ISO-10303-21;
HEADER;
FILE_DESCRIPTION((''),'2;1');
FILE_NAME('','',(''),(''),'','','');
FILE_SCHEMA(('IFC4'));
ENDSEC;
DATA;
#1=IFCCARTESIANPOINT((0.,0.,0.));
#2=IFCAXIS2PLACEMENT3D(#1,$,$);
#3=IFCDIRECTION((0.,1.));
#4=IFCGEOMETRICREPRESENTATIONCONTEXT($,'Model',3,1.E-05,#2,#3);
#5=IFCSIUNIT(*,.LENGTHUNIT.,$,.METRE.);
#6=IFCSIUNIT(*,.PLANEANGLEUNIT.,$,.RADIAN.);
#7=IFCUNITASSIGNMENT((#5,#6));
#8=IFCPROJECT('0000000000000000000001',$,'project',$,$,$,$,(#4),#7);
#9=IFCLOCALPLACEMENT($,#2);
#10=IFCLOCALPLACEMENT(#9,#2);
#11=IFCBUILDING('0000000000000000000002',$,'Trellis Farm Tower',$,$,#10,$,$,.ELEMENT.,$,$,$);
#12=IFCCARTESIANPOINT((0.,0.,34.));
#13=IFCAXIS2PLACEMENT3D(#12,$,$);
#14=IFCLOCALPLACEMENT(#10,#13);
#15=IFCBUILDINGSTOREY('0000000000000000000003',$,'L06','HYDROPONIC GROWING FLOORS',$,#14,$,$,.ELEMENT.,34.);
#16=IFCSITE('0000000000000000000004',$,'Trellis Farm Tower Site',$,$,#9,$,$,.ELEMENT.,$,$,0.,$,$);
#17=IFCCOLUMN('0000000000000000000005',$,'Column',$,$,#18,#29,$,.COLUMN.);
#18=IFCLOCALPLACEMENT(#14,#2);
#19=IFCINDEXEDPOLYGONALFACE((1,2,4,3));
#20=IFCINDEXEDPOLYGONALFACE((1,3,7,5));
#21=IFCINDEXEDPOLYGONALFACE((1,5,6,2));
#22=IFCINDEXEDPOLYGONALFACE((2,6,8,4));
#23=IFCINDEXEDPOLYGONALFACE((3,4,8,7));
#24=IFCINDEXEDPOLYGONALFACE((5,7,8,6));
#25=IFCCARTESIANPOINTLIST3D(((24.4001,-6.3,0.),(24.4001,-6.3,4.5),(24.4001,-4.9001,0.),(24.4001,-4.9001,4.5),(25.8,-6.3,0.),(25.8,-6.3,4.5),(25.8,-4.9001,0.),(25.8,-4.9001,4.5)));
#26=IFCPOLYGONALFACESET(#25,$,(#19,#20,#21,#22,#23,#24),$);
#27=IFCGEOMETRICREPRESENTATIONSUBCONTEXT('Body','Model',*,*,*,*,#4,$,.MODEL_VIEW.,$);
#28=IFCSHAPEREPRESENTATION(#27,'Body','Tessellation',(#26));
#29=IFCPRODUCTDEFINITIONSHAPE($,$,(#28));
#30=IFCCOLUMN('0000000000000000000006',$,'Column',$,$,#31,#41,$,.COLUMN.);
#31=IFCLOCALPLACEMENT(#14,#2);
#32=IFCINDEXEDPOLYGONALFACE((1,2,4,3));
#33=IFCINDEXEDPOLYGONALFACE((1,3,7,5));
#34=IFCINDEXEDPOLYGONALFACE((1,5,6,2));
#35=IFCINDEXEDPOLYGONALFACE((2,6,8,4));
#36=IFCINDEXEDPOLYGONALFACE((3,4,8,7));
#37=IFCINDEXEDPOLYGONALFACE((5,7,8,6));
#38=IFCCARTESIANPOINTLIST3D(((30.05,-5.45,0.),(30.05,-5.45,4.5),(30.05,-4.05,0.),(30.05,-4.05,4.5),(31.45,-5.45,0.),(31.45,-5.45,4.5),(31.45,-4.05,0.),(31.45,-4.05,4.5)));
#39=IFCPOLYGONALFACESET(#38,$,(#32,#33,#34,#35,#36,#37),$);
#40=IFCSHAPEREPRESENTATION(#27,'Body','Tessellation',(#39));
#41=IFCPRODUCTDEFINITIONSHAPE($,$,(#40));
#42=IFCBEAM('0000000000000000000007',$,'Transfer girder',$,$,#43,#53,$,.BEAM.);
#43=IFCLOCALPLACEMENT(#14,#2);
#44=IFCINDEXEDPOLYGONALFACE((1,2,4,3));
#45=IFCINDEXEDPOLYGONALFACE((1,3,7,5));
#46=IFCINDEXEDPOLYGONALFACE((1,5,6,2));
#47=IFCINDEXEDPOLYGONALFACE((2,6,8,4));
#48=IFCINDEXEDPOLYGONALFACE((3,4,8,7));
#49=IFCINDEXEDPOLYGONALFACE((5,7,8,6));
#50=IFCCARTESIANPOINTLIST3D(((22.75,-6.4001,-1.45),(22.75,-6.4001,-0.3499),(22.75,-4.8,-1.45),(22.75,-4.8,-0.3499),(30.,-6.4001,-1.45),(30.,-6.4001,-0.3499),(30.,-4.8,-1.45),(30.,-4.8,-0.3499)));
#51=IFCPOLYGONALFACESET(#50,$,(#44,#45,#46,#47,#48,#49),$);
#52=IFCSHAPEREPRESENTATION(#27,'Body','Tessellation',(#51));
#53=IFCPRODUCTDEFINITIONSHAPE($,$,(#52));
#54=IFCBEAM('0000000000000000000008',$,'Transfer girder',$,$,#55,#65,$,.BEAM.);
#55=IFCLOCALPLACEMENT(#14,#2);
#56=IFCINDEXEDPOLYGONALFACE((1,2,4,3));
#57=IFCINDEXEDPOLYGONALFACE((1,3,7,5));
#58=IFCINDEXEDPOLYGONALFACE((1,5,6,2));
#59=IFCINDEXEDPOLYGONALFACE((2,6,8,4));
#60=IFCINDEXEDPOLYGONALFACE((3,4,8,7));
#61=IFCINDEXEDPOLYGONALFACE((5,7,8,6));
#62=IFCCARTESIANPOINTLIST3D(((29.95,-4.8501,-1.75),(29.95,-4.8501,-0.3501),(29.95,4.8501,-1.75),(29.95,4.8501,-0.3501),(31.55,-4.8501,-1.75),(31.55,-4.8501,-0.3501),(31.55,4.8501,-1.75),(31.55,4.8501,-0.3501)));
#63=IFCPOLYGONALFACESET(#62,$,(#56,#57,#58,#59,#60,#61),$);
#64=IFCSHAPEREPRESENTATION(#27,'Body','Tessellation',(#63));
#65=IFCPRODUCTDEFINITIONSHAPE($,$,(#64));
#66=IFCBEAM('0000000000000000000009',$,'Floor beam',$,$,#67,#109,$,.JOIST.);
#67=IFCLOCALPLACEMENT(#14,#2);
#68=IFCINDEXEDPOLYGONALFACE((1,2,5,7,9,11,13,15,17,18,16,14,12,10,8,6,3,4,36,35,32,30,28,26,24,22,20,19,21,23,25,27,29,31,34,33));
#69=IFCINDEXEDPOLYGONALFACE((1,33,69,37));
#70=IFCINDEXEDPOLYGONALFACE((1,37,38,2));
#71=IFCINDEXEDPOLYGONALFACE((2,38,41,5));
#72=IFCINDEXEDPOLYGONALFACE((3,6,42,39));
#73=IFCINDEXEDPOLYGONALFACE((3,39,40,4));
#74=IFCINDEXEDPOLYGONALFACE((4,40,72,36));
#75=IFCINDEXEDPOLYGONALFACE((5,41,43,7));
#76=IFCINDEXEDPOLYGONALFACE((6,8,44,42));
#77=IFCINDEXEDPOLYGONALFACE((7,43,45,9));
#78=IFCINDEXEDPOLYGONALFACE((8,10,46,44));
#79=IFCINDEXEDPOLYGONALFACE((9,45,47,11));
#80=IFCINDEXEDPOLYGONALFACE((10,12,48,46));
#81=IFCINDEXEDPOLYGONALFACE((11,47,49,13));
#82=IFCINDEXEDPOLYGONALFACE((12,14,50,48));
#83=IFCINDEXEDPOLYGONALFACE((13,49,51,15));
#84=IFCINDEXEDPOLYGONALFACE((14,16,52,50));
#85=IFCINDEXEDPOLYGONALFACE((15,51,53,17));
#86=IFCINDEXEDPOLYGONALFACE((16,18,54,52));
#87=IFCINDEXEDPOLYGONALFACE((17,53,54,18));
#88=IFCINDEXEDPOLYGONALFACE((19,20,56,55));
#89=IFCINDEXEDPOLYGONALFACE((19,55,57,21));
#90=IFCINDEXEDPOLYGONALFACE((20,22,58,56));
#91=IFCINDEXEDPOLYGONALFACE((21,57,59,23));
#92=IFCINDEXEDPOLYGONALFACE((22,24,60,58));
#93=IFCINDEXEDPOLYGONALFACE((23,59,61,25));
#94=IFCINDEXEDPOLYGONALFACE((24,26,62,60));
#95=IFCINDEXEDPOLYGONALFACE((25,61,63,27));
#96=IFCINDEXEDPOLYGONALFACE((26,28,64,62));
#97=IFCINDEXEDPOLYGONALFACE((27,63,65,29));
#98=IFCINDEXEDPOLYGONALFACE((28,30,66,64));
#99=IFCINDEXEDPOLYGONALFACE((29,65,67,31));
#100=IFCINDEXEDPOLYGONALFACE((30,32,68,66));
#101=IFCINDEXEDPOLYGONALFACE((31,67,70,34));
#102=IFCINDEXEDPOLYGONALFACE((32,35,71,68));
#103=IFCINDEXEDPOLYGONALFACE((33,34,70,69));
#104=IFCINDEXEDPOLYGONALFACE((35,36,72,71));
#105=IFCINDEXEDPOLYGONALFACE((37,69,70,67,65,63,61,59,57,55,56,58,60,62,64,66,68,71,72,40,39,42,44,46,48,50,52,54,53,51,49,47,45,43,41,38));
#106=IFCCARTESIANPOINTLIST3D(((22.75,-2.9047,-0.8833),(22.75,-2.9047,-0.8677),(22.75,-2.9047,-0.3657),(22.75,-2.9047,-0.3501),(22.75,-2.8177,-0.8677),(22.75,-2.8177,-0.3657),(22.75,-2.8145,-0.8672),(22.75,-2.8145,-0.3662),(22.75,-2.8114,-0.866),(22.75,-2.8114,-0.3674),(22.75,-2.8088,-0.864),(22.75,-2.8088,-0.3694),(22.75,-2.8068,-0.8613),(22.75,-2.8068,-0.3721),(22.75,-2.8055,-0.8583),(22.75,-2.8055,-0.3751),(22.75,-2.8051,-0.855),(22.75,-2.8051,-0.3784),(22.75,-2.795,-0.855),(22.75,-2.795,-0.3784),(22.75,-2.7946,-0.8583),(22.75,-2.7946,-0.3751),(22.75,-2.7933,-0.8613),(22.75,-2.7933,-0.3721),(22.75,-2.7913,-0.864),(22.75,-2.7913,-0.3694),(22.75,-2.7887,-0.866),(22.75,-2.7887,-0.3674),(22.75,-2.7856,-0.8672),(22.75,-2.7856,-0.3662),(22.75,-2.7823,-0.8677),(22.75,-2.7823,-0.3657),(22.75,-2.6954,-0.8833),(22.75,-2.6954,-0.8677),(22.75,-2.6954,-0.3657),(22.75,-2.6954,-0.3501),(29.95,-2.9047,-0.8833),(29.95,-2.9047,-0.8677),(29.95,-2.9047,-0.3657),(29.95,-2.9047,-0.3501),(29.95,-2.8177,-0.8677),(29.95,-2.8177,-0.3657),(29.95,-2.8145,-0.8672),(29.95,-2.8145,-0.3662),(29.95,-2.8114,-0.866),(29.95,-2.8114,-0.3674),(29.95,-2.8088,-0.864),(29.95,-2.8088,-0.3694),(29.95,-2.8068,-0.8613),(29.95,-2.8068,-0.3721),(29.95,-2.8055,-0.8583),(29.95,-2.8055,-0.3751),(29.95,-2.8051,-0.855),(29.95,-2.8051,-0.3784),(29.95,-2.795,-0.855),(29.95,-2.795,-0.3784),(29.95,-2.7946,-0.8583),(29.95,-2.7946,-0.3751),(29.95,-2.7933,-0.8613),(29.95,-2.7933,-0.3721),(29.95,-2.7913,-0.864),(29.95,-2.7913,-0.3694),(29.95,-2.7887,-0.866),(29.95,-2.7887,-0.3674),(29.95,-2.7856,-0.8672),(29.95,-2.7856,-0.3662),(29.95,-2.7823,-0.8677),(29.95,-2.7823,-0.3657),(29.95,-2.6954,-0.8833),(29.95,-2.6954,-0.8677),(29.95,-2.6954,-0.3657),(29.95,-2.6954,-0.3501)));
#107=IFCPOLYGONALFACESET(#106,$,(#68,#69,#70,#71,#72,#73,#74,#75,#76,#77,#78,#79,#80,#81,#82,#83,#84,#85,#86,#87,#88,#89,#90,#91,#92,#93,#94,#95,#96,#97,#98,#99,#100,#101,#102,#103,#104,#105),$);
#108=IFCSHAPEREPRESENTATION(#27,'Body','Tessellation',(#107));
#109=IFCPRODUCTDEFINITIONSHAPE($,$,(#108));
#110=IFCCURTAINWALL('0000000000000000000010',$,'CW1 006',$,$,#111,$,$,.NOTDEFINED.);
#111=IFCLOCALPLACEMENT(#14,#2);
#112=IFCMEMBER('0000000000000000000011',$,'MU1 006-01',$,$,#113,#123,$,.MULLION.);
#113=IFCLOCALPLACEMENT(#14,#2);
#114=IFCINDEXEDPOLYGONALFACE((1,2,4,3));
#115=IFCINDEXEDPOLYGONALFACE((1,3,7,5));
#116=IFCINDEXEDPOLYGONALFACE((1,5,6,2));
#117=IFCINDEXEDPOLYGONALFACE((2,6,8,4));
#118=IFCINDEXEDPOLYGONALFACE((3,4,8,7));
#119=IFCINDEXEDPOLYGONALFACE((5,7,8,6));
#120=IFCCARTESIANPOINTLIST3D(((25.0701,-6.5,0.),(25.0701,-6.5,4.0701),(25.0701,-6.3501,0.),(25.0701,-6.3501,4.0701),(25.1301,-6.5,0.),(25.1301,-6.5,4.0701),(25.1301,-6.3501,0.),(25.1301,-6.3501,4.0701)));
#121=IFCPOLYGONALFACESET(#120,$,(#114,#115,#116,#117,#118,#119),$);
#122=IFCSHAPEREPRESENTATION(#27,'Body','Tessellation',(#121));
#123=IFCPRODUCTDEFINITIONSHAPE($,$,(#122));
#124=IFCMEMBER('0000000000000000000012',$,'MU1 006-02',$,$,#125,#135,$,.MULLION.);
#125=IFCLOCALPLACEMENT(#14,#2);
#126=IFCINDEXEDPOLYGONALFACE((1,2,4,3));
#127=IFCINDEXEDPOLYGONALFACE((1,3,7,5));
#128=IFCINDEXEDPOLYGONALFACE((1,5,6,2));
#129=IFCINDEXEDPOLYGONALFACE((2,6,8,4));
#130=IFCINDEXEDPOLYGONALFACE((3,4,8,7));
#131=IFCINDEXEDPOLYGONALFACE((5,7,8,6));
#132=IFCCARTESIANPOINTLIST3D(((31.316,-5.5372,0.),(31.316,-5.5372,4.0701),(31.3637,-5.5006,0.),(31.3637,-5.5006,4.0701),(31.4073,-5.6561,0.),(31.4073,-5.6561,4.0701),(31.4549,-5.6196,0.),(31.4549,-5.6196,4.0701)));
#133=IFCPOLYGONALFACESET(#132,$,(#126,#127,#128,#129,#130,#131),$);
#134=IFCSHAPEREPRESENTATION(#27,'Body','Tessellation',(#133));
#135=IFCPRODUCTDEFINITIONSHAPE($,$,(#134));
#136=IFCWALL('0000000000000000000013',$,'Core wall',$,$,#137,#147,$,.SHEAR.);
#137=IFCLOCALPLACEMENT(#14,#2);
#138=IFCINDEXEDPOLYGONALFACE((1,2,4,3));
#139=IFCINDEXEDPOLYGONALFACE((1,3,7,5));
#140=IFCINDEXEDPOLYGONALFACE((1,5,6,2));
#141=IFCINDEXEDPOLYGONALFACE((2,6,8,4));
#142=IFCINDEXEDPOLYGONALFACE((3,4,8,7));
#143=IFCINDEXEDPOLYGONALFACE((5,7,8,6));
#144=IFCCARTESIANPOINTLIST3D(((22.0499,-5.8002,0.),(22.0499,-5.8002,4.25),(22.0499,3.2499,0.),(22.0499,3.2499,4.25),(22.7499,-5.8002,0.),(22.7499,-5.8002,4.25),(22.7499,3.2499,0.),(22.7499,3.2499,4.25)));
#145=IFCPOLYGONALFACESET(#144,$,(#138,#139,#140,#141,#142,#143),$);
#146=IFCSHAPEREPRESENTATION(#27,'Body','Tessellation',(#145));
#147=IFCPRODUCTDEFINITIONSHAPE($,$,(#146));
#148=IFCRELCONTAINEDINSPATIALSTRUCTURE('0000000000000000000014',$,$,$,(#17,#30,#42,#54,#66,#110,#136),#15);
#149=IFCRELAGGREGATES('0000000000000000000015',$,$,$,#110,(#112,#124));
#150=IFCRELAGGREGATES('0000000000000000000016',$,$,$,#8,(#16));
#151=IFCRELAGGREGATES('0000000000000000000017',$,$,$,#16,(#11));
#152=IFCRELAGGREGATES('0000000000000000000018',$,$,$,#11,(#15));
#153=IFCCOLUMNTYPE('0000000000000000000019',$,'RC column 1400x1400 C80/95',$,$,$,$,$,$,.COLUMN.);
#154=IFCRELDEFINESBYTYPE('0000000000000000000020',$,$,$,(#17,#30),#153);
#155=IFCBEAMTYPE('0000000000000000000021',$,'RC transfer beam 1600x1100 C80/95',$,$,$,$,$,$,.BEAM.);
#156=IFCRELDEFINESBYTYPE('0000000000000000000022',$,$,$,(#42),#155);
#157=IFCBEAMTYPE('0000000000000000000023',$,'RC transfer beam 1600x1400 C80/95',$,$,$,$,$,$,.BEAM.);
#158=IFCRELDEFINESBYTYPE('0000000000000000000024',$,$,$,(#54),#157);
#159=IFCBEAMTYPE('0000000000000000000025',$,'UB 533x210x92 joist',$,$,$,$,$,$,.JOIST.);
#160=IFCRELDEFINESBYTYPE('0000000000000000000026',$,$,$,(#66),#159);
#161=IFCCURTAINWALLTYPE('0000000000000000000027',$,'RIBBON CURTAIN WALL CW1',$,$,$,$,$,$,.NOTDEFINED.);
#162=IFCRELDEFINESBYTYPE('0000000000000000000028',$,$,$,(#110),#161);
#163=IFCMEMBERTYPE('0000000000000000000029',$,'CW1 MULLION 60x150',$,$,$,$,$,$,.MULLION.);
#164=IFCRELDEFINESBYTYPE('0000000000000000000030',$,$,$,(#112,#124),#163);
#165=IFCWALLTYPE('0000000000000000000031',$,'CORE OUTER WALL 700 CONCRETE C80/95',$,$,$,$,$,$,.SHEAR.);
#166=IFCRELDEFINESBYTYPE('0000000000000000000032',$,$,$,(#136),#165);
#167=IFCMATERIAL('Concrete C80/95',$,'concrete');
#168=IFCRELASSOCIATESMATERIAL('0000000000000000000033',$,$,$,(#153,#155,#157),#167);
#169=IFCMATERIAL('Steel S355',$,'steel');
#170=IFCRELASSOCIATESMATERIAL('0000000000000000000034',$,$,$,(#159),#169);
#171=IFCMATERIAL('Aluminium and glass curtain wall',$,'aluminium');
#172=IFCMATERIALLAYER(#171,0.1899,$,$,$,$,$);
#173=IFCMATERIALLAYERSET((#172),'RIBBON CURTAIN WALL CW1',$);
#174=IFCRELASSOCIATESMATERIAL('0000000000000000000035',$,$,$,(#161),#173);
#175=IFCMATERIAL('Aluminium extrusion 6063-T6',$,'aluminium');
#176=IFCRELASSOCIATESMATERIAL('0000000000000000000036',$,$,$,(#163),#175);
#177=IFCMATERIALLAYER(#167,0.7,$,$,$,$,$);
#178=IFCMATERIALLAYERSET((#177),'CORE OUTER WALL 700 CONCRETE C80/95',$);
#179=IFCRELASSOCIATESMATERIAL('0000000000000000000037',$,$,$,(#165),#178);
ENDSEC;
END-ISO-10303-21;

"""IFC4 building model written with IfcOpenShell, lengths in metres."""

from ifc_helpers import new_model, si_unit, direction, frame, frame_2d, origin, origin_2d, place, context, subcontext, project, spatial, rectangle, i_section, extrude, source, transform, mapped, material, layer, layer_set, material_profile, profile_set, type_object, element, aggregate, save


model = new_model("IFC4")

# Units and contexts
model_context = context("Model", 3, precision=1e-05, world=origin(), true_north=direction((0.0, 1.0)))
body_context = subcontext(model_context, "Body", "Model", "MODEL_VIEW")
ifc_project = project(units=[si_unit("LENGTHUNIT", "METRE"), si_unit("PLANEANGLEUNIT", "RADIAN")], contexts=[model_context])

# Site, building, storey
site_placement = place(None, origin())
site = spatial("IfcSite", under=ifc_project, at=site_placement, Name="Trellis Farm Tower Site", CompositionType="ELEMENT", RefElevation=0.0)
building_placement = place(site_placement, origin())
building = spatial("IfcBuilding", under=site, at=building_placement, Name="Trellis Farm Tower", CompositionType="ELEMENT")
storey_placement = place(building_placement, frame((0.0, 0.0, 34.0)))
storey = spatial("IfcBuildingStorey", under=building, at=storey_placement, Name="L06", Description="HYDROPONIC GROWING FLOORS", CompositionType="ELEMENT", Elevation=34.0)

# Columns
ifc_material_1 = material(Name="Concrete C80/95", Category="concrete")
ifc_material_profile_1 = material_profile(ifc_material_1, rectangle(XDim=1.3999, YDim=1.3999, at=origin_2d()), Name="RC column 1400x1400 C80/95")
ifc_profile_set_1 = profile_set([ifc_material_profile_1], Name="Concrete C80/95")
column_type = type_object("IfcColumnType", Name="RC column 1400x1400 C80/95", PredefinedType="COLUMN", material=ifc_profile_set_1)
shared_shape_1 = source(origin(), body_context, "Body", "SweptSolid", [
    extrude(rectangle(XDim=1.3999, YDim=1.3999, at=origin_2d()), origin(), (0.0, 0.0, 1.0), 4.5),
])
for number, where, z_axis, x_axis, name in (
    (1, (25.1001, -5.6001, 0.0), (0.0, 0.0, 1.0), (1.0, 0.0, 0.0), "Column"),
    (2, (30.75, -4.75, 0.0), (0.0, 0.0, 1.0), (1.0, 0.0, 0.0), "Column"),
):
    element("IfcColumn", number, at=place(storey_placement, frame(where, z_axis=z_axis, x_axis=x_axis)), inside=storey, type_object=column_type, Name=name, PredefinedType="COLUMN", context=body_context, shape_type="MappedRepresentation", body=[
        mapped(shared_shape_1, transform((0.0, 0.0, 0.0))),
    ])

# Beams
ifc_material_profile_2 = material_profile(ifc_material_1, rectangle(XDim=1.6001, YDim=1.1001, at=origin_2d()), Name="RC transfer beam 1600x1100 C80/95")
ifc_profile_set_2 = profile_set([ifc_material_profile_2], Name="Concrete C80/95")
beam_type_1 = type_object("IfcBeamType", Name="RC transfer beam 1600x1100 C80/95", PredefinedType="BEAM", material=ifc_profile_set_2)
shared_shape_2 = source(origin(), body_context, "Body", "SweptSolid", [
    extrude(rectangle(XDim=1.6001, YDim=1.1001, at=origin_2d()), origin(), (0.0, 0.0, 1.0), 7.25),
])
beam_1_placement = place(storey_placement, frame((22.75, -5.6001, -0.8999), z_axis=(1.0, 0.0, 0.0), x_axis=(0.0, 1.0, 0.0)))
element("IfcBeam", 3, at=beam_1_placement, inside=storey, type_object=beam_type_1, Name="Transfer girder", PredefinedType="BEAM", context=body_context, shape_type="MappedRepresentation", body=[
    mapped(shared_shape_2, transform((0.0, 0.0, 0.0))),
])
ifc_material_profile_3 = material_profile(ifc_material_1, rectangle(XDim=1.6001, YDim=1.3999, at=origin_2d()), Name="RC transfer beam 1600x1400 C80/95")
ifc_profile_set_3 = profile_set([ifc_material_profile_3], Name="Concrete C80/95")
beam_type_2 = type_object("IfcBeamType", Name="RC transfer beam 1600x1400 C80/95", PredefinedType="BEAM", material=ifc_profile_set_3)
shared_shape_3 = source(origin(), body_context, "Body", "SweptSolid", [
    extrude(rectangle(XDim=1.6001, YDim=1.3999, at=origin_2d()), origin(), (0.0, 0.0, 1.0), 9.7002),
])
beam_2_placement = place(storey_placement, frame((30.75, -4.8501, -1.05), z_axis=(0.0, 1.0, 0.0), x_axis=(-1.0, 0.0, 0.0)))
element("IfcBeam", 4, at=beam_2_placement, inside=storey, type_object=beam_type_2, Name="Transfer girder", PredefinedType="BEAM", context=body_context, shape_type="MappedRepresentation", body=[
    mapped(shared_shape_3, transform((0.0, 0.0, 0.0))),
])
ifc_material_2 = material(Name="Steel S355", Category="steel")
ifc_material_profile_4 = material_profile(ifc_material_2, i_section(OverallWidth=0.2092, OverallDepth=0.5332, WebThickness=0.01, FlangeThickness=0.0156, FilletRadius=0.0127, at=origin_2d()), Name="UB 533x210x92")
ifc_profile_set_4 = profile_set([ifc_material_profile_4], Name="Steel S355")
beam_type_3 = type_object("IfcBeamType", Name="UB 533x210x92 joist", PredefinedType="JOIST", material=ifc_profile_set_4)
shared_shape_4 = source(origin(), body_context, "Body", "SweptSolid", [
    extrude(i_section(OverallWidth=0.2092, OverallDepth=0.5332, WebThickness=0.01, FlangeThickness=0.0156, FilletRadius=0.0127, at=origin_2d()), origin(), (0.0, 0.0, 1.0), 7.2),
])
beam_3_placement = place(storey_placement, frame((22.75, -2.8, -0.6167), z_axis=(1.0, 0.0, 0.0), x_axis=(0.0, 1.0, 0.0)))
element("IfcBeam", 5, at=beam_3_placement, inside=storey, type_object=beam_type_3, Name="Floor beam", PredefinedType="JOIST", context=body_context, shape_type="MappedRepresentation", body=[
    mapped(shared_shape_4, transform((0.0, 0.0, 0.0))),
])

# Curtain wall, members
ifc_material_3 = material(Name="Aluminium and glass curtain wall", Category="aluminium")
ifc_layer_1 = layer(ifc_material_3, 0.1899)
ifc_layer_set_1 = layer_set([ifc_layer_1], Name="RIBBON CURTAIN WALL CW1")
curtain_wall_type = type_object("IfcCurtainWallType", Name="RIBBON CURTAIN WALL CW1", PredefinedType="NOTDEFINED", material=ifc_layer_set_1)
placement = place(storey_placement, origin())
curtain_wall = element("IfcCurtainWall", 6, at=placement, inside=storey, type_object=curtain_wall_type, Name="CW1 006", PredefinedType="NOTDEFINED")
ifc_material_4 = material(Name="Aluminium extrusion 6063-T6", Category="aluminium")
ifc_material_profile_5 = material_profile(ifc_material_4, rectangle(XDim=0.0601, YDim=0.1499, at=origin_2d()), Name="MULLION 60x150")
ifc_profile_set_5 = profile_set([ifc_material_profile_5], Name="Aluminium extrusion 6063-T6")
member_type = type_object("IfcMemberType", Name="CW1 MULLION 60x150", PredefinedType="MULLION", material=ifc_profile_set_5)
shared_shape_5 = source(origin(), body_context, "Body", "SweptSolid", [
    extrude(rectangle(XDim=0.0601, YDim=0.1499, at=origin_2d()), origin(), (0.0, 0.0, 1.0), 4.0701),
])
member_1_placement = place(storey_placement, frame((25.1001, -6.425, 0.0), z_axis=(0.0, 0.0, 1.0), x_axis=(1.0, 0.0, 0.0)))
member_1 = element("IfcMember", 7, at=member_1_placement, type_object=member_type, Name="MU1 006-01", PredefinedType="MULLION", context=body_context, shape_type="MappedRepresentation", body=[
    mapped(shared_shape_5, transform((0.0, 0.0, 0.0))),
])
member_2_placement = place(storey_placement, frame((31.3855, -5.5784, 0.0), z_axis=(0.0, 0.0, 1.0), x_axis=(0.793353, 0.608761, 0.0)))
member_2 = element("IfcMember", 8, at=member_2_placement, type_object=member_type, Name="MU1 006-02", PredefinedType="MULLION", context=body_context, shape_type="MappedRepresentation", body=[
    mapped(shared_shape_5, transform((0.0, 0.0, 0.0))),
])
aggregate(curtain_wall, [member_1, member_2])

# Wall
ifc_layer_2 = layer(ifc_material_1, 0.7)
ifc_layer_set_2 = layer_set([ifc_layer_2], Name="CORE OUTER WALL 700 CONCRETE C80/95")
wall_type = type_object("IfcWallType", Name="CORE OUTER WALL 700 CONCRETE C80/95", PredefinedType="SHEAR", material=ifc_layer_set_2)
shared_shape_6 = source(origin(), body_context, "Body", "SweptSolid", [
    extrude(rectangle(XDim=9.05, YDim=0.7, at=frame_2d((4.5249, 0.0))), origin(), (0.0, 0.0, 1.0), 4.25),
])
wall_placement = place(storey_placement, frame((22.3999, -5.8, 0.0), z_axis=(0.0, 0.0, 1.0), x_axis=(0.0, 1.0, 0.0)))
element("IfcWall", 9, at=wall_placement, inside=storey, type_object=wall_type, Name="Core wall", PredefinedType="SHEAR", context=body_context, shape_type="MappedRepresentation", body=[
    mapped(shared_shape_6, transform((0.0, 0.0, 0.0))),
])

save(model, "model.ifc")
